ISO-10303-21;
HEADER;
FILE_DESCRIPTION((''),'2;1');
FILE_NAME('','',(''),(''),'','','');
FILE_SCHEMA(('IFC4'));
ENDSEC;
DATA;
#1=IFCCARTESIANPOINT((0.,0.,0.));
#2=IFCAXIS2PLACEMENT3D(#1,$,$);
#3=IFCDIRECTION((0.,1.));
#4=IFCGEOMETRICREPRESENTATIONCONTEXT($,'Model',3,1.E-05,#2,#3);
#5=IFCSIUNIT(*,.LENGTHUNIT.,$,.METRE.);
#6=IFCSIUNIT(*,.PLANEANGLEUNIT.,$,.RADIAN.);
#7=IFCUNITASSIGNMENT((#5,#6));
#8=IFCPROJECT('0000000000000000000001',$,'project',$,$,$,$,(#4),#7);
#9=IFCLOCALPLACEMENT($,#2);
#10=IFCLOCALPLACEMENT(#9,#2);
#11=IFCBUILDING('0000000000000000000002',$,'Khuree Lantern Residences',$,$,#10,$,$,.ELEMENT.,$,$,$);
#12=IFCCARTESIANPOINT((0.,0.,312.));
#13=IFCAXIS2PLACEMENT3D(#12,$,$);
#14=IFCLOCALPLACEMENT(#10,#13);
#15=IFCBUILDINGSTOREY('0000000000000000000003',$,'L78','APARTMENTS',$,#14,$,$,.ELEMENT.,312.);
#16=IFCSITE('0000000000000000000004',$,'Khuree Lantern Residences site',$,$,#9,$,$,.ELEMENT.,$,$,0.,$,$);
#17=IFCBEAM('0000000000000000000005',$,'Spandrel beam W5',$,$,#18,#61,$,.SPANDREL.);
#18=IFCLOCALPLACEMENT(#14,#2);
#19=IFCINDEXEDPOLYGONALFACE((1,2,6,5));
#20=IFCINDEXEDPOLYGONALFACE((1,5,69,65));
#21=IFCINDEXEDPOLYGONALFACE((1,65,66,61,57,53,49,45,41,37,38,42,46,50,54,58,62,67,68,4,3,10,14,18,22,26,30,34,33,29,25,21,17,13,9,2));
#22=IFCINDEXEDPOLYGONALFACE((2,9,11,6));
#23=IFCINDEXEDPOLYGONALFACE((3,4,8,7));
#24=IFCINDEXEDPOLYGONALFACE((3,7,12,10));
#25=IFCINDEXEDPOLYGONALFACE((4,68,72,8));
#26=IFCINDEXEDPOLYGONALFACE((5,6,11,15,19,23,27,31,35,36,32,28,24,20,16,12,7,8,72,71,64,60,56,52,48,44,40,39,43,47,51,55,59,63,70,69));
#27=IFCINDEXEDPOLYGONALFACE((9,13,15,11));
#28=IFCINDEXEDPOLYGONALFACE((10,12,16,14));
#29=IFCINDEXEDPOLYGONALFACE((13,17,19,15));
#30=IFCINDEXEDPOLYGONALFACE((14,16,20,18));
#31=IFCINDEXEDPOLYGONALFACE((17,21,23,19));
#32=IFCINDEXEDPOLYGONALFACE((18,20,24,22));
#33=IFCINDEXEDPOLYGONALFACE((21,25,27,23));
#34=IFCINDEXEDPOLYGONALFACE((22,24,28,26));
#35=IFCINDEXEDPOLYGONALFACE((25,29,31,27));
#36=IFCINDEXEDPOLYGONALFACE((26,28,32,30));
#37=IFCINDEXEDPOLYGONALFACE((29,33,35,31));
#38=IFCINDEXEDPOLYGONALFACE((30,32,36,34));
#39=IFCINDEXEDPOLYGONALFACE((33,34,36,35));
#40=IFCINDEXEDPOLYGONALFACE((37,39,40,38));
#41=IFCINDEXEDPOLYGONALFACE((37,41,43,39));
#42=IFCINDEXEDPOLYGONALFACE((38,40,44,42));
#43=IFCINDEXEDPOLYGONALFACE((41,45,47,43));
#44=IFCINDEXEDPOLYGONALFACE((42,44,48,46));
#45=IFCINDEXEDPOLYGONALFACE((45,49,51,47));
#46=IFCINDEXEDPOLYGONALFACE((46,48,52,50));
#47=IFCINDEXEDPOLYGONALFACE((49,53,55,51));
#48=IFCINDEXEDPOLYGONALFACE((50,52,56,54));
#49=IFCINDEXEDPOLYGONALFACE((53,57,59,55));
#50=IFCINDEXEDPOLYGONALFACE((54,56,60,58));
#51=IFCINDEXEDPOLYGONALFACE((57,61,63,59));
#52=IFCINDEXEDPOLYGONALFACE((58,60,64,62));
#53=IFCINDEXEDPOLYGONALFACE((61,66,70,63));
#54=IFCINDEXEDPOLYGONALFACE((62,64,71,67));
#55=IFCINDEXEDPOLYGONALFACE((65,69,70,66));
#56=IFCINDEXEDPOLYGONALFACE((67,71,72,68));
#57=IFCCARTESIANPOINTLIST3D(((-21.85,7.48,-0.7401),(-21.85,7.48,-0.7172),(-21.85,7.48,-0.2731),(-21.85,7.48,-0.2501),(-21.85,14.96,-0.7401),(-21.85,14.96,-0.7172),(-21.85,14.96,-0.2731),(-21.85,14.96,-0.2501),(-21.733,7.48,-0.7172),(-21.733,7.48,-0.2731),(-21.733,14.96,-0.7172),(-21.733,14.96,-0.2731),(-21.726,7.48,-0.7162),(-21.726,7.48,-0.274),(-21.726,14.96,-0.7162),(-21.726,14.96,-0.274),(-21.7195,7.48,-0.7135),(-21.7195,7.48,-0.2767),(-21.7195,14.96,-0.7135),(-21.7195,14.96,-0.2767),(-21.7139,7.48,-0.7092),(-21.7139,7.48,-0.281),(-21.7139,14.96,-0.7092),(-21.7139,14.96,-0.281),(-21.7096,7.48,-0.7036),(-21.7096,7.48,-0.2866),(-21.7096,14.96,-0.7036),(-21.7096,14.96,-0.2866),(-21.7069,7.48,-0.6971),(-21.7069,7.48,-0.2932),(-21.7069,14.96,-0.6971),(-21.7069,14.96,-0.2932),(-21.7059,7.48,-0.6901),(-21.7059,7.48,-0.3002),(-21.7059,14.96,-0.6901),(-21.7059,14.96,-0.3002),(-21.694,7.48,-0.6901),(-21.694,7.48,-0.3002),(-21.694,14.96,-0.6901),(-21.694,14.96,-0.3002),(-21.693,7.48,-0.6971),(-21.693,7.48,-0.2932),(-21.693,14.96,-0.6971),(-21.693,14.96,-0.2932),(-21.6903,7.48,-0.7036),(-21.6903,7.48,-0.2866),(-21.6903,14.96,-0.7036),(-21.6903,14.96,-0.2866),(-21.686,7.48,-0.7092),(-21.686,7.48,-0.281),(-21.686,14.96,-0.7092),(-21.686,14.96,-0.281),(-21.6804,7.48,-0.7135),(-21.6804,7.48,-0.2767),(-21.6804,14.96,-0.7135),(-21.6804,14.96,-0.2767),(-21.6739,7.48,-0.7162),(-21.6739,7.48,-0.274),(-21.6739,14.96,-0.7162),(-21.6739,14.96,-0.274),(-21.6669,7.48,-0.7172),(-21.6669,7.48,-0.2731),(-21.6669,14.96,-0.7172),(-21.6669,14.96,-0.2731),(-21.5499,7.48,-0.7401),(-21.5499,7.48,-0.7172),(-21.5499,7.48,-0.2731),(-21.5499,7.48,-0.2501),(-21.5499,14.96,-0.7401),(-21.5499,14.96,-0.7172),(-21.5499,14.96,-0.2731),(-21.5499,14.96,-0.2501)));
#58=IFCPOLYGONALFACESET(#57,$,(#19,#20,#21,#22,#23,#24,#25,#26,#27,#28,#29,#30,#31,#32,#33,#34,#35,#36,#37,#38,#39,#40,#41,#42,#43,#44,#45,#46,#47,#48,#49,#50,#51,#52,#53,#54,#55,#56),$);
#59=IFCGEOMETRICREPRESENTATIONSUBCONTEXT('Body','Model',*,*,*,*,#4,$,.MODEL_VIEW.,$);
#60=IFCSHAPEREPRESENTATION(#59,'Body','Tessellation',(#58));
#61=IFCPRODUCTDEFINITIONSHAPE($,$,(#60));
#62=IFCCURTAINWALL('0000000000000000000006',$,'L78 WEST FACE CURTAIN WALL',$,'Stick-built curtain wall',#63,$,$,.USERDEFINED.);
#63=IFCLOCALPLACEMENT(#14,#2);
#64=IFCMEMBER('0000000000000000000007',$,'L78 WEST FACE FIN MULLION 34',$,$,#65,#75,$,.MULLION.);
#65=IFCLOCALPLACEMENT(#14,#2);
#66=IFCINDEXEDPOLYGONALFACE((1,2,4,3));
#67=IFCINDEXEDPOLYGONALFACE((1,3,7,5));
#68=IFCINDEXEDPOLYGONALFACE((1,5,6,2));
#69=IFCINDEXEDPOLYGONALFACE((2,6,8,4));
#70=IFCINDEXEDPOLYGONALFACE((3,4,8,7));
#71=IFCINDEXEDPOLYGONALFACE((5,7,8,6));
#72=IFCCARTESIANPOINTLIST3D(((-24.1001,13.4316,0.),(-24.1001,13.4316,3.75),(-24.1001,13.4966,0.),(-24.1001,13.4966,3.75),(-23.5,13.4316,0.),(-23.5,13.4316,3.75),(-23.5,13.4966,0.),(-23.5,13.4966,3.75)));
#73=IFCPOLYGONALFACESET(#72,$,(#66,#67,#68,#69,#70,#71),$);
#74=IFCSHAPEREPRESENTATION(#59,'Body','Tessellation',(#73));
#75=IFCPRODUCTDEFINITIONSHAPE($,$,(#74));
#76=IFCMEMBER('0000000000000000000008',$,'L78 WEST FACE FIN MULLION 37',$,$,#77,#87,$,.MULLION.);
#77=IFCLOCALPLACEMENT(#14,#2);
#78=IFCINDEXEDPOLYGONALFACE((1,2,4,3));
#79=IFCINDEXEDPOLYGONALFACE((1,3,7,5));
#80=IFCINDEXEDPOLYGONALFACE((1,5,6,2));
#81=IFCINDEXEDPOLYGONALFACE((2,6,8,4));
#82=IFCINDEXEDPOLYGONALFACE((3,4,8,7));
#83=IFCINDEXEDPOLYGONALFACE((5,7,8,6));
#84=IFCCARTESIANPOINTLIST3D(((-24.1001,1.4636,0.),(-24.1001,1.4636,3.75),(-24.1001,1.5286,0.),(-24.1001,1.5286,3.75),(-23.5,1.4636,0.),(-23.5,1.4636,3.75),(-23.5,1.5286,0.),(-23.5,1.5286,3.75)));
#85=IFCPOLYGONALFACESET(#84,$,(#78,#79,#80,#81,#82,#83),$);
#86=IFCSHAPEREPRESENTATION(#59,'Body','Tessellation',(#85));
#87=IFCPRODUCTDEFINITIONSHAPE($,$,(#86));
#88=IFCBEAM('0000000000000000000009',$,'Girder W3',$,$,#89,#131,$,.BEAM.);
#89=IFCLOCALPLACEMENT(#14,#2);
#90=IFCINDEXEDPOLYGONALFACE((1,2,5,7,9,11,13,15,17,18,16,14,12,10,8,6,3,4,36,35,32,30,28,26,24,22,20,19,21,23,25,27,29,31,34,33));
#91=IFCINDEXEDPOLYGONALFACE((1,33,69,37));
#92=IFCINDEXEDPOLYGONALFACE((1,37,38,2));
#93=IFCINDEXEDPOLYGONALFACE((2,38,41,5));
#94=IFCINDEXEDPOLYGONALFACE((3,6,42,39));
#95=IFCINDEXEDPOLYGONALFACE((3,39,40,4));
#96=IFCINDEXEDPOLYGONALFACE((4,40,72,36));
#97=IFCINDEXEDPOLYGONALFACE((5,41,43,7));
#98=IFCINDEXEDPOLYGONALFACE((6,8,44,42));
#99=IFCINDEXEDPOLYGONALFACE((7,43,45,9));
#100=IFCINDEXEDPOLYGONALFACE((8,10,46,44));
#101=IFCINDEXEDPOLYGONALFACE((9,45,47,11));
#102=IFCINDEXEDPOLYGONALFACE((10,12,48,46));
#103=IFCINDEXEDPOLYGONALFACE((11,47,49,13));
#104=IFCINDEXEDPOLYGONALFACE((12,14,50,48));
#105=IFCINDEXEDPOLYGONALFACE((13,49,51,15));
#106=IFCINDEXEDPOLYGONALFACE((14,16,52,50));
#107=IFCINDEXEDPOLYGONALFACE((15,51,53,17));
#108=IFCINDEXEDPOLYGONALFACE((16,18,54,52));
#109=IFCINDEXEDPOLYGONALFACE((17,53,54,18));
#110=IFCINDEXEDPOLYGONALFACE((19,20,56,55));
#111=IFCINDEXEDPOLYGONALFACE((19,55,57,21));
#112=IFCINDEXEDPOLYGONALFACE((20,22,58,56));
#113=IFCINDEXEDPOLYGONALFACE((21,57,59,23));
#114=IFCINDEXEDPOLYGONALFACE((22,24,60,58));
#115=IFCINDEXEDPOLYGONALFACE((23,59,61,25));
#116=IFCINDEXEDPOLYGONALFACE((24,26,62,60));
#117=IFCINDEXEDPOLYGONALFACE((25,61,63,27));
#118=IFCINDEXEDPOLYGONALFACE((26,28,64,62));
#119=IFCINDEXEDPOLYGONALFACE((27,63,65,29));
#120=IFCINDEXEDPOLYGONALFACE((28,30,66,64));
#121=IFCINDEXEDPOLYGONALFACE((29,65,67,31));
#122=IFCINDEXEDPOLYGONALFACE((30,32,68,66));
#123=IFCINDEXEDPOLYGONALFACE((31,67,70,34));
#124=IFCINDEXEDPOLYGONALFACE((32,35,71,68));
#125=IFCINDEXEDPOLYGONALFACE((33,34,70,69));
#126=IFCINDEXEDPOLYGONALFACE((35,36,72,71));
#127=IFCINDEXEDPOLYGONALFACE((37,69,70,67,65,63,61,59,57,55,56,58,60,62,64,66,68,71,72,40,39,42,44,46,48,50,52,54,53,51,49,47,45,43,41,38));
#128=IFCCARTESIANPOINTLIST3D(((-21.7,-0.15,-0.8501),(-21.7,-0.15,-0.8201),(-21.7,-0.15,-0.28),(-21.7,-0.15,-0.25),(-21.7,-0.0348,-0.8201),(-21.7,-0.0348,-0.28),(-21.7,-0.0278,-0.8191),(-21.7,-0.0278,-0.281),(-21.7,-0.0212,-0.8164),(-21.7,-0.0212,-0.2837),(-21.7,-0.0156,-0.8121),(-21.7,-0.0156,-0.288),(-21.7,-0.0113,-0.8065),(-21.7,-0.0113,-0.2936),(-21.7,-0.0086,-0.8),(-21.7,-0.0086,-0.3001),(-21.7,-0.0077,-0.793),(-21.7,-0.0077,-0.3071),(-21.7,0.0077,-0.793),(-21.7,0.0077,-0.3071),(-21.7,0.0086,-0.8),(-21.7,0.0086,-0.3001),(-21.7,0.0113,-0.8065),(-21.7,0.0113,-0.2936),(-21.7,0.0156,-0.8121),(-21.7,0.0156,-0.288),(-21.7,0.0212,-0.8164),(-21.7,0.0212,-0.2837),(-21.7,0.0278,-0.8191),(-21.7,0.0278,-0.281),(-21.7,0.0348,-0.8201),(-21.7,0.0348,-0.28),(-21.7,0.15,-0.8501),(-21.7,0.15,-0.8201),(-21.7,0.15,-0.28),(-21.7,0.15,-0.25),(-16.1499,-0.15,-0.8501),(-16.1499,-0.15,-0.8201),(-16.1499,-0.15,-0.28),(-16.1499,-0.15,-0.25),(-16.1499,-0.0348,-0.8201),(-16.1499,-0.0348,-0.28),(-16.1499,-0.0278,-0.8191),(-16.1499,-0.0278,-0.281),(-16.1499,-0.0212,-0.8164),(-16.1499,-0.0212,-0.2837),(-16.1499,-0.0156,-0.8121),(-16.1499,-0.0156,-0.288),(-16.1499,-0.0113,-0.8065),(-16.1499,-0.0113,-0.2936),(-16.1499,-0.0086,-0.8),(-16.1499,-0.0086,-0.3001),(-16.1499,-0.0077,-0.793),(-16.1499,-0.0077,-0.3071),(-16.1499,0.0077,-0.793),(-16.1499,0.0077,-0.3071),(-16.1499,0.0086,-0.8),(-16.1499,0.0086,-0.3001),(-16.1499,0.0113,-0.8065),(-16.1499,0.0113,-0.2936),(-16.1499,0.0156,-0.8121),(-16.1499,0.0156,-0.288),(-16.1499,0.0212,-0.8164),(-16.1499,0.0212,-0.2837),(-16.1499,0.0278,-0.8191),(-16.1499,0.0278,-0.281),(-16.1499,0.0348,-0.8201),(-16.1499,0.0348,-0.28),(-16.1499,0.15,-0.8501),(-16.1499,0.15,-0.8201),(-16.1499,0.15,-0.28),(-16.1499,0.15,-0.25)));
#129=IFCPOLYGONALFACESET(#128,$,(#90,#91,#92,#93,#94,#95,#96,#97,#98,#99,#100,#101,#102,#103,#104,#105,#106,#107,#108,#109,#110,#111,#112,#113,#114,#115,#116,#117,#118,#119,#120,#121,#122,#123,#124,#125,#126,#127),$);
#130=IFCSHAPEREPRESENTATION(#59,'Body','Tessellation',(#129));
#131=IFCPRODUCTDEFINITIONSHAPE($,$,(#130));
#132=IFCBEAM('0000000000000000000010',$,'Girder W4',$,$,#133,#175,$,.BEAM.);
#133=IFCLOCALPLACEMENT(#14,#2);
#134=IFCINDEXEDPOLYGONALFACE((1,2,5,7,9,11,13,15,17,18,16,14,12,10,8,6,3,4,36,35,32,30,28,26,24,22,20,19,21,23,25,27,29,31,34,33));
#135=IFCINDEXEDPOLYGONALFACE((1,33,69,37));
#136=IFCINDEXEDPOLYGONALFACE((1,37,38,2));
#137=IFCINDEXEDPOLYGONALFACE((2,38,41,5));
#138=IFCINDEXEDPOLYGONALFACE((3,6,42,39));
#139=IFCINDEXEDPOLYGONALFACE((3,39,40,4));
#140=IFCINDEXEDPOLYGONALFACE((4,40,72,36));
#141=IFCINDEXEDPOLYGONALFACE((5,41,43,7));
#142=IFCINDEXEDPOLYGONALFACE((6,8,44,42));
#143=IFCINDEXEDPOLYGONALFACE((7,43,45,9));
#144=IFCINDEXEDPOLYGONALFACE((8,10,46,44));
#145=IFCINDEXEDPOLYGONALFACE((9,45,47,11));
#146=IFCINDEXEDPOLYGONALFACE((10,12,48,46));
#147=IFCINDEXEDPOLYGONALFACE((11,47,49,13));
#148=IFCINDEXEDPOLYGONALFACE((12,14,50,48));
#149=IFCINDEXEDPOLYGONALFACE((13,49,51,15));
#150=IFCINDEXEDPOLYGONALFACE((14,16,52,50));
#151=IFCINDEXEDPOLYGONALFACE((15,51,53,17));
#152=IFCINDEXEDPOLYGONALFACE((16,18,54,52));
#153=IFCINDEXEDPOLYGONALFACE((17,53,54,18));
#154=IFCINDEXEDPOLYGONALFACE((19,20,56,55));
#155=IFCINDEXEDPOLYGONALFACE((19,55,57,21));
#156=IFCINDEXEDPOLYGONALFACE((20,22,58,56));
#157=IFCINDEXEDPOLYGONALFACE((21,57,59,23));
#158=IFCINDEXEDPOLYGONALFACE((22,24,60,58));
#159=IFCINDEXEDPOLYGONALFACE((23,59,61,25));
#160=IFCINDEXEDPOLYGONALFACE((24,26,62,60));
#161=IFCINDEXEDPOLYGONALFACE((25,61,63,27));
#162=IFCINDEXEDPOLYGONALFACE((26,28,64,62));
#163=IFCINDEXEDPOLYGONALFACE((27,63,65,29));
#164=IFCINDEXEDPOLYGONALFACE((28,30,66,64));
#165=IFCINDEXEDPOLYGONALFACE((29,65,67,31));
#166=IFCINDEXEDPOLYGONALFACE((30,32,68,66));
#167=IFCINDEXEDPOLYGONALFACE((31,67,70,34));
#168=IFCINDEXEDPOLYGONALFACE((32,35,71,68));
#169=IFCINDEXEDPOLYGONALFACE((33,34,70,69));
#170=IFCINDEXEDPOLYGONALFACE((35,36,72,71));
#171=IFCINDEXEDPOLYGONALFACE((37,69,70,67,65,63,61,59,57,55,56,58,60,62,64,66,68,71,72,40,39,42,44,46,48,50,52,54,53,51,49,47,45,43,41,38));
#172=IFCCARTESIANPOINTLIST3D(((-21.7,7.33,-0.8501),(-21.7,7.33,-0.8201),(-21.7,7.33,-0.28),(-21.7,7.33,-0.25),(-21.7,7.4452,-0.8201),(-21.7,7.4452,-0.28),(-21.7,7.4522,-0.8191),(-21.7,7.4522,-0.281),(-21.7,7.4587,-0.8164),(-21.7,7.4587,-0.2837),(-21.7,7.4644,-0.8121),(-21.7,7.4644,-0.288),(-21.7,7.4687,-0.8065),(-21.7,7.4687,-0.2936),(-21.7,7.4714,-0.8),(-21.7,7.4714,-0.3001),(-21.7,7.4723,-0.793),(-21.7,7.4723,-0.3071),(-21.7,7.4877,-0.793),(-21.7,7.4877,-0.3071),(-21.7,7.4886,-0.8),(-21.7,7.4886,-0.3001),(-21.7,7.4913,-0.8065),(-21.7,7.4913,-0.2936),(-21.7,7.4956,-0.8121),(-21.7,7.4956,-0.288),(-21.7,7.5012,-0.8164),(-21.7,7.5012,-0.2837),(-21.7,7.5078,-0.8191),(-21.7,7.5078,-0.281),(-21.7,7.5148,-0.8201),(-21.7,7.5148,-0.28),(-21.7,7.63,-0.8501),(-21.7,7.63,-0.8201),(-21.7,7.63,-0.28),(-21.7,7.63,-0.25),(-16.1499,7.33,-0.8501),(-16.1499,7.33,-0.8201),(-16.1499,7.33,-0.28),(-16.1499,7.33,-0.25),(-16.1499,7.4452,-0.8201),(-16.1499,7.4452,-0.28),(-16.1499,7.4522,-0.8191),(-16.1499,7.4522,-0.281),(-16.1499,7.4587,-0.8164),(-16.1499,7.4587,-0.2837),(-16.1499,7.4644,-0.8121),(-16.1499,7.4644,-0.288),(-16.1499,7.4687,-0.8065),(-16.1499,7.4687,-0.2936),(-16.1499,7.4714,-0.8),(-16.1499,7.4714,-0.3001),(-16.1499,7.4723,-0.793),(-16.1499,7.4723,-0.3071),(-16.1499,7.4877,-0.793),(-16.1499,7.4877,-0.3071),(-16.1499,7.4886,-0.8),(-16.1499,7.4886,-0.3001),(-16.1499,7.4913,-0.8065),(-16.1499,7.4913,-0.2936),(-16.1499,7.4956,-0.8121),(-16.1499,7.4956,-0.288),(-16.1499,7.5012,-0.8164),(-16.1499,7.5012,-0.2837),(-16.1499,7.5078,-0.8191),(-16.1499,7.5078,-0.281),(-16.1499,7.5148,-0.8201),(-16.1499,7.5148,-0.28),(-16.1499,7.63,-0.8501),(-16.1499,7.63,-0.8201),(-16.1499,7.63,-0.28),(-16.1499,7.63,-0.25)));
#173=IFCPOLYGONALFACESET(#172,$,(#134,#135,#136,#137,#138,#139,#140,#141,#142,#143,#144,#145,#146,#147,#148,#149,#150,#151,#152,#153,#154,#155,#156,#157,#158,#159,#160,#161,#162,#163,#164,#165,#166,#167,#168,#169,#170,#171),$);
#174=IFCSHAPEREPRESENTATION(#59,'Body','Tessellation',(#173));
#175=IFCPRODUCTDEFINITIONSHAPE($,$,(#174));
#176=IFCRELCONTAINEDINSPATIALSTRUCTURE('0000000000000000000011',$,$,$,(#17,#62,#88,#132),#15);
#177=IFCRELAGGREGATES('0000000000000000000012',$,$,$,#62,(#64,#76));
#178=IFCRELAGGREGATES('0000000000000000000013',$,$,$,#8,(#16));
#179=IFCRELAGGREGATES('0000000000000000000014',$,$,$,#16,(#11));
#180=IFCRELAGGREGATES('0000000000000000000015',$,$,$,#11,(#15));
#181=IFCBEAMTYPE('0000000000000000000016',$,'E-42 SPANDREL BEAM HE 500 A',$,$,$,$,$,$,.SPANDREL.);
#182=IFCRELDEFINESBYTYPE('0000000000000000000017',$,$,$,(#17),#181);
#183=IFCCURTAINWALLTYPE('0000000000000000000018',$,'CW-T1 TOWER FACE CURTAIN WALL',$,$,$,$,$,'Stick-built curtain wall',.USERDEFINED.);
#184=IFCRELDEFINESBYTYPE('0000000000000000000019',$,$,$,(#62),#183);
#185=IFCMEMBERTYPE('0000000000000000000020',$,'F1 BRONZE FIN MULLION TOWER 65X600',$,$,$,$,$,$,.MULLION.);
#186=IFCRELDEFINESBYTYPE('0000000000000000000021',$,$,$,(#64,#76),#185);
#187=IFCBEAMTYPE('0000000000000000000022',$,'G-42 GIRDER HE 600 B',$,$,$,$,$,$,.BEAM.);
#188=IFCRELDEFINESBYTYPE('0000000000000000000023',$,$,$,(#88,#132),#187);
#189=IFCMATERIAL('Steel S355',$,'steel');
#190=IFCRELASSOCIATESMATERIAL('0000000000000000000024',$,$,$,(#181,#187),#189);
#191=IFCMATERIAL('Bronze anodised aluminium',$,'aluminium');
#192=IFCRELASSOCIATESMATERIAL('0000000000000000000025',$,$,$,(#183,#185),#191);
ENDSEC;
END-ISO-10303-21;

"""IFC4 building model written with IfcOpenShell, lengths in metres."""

from ifc_helpers import new_model, si_unit, direction, frame, origin, origin_2d, place, context, subcontext, project, spatial, rectangle, i_section, extrude, material, material_profile, profile_set, type_object, element, aggregate, save


model = new_model("IFC4")

# Units and contexts
model_context = context("Model", 3, precision=1e-05, world=origin(), true_north=direction((0.0, 1.0)))
body_context = subcontext(model_context, "Body", "Model", "MODEL_VIEW")
ifc_project = project(units=[si_unit("LENGTHUNIT", "METRE"), si_unit("PLANEANGLEUNIT", "RADIAN")], contexts=[model_context])

# Site, building, storey
site_placement = place(None, origin())
site = spatial("IfcSite", under=ifc_project, at=site_placement, Name="Khuree Lantern Residences site", CompositionType="ELEMENT", RefElevation=0.0)
building_placement = place(site_placement, origin())
building = spatial("IfcBuilding", under=site, at=building_placement, Name="Khuree Lantern Residences", CompositionType="ELEMENT")
storey_placement = place(building_placement, frame((0.0, 0.0, 312.0)))
storey = spatial("IfcBuildingStorey", under=building, at=storey_placement, Name="L78", Description="APARTMENTS", CompositionType="ELEMENT", Elevation=312.0)

# Beam
ifc_material_1 = material(Name="Steel S355", Category="steel")
ifc_material_profile_1 = material_profile(ifc_material_1, i_section(OverallWidth=0.3, OverallDepth=0.49, WebThickness=0.012, FlangeThickness=0.0229, FilletRadius=0.0271, at=origin_2d()), Name="HE 500 A")
ifc_profile_set_1 = profile_set([ifc_material_profile_1], Name="Steel S355")
beam_type_1 = type_object("IfcBeamType", Name="E-42 SPANDREL BEAM HE 500 A", PredefinedType="SPANDREL", material=ifc_profile_set_1)
for number, where, z_axis, x_axis, name in (
    (1, (-21.7, 7.48, -0.4951), (0.0, 1.0, 0.0), (-1.0, 0.0, 0.0), "Spandrel beam W5"),
):
    element("IfcBeam", number, at=place(storey_placement, frame(where, z_axis=z_axis, x_axis=x_axis)), inside=storey, type_object=beam_type_1, Name=name, PredefinedType="SPANDREL", context=body_context, shape_type="SweptSolid", body=[
        extrude(i_section(OverallWidth=0.3, OverallDepth=0.49, WebThickness=0.012, FlangeThickness=0.0229, FilletRadius=0.0271, at=origin_2d()), origin(), (0.0, 0.0, 1.0), 7.48),
    ])

# Curtain wall, members
ifc_material_2 = material(Name="Bronze anodised aluminium", Category="aluminium")
curtain_wall_type = type_object("IfcCurtainWallType", Name="CW-T1 TOWER FACE CURTAIN WALL", ElementType="Stick-built curtain wall", PredefinedType="USERDEFINED", material=ifc_material_2)
curtain_wall_placement = place(storey_placement, origin())
curtain_wall = element("IfcCurtainWall", 2, at=curtain_wall_placement, inside=storey, type_object=curtain_wall_type, Name="L78 WEST FACE CURTAIN WALL", ObjectType="Stick-built curtain wall", PredefinedType="USERDEFINED")
ifc_material_profile_2 = material_profile(ifc_material_2, rectangle(XDim=0.0649, YDim=0.6001, at=origin_2d()), Name="F1 65X600")
ifc_profile_set_2 = profile_set([ifc_material_profile_2], Name="Bronze anodised aluminium")
member_type_1 = type_object("IfcMemberType", Name="F1 BRONZE FIN MULLION TOWER 65X600", PredefinedType="MULLION", material=ifc_profile_set_2)
member_1_placement = place(storey_placement, frame((-23.8, 13.4641, 0.0), z_axis=(0.0, 0.0, 1.0), x_axis=(0.0, -1.0, 0.0)))
member_1 = element("IfcMember", 3, at=member_1_placement, type_object=member_type_1, Name="L78 WEST FACE FIN MULLION 34", PredefinedType="MULLION", context=body_context, shape_type="SweptSolid", body=[
    extrude(rectangle(XDim=0.0649, YDim=0.6001, at=origin_2d()), origin(), (0.0, 0.0, 1.0), 3.75),
])
member_2_placement = place(storey_placement, frame((-23.8, 1.4961, 0.0), z_axis=(0.0, 0.0, 1.0), x_axis=(0.0, -1.0, 0.0)))
member_2 = element("IfcMember", 4, at=member_2_placement, type_object=member_type_1, Name="L78 WEST FACE FIN MULLION 37", PredefinedType="MULLION", context=body_context, shape_type="SweptSolid", body=[
    extrude(rectangle(XDim=0.0649, YDim=0.6001, at=origin_2d()), origin(), (0.0, 0.0, 1.0), 3.75),
])

# Beams
ifc_material_profile_3 = material_profile(ifc_material_1, i_section(OverallWidth=0.3, OverallDepth=0.6001, WebThickness=0.0154, FlangeThickness=0.03, FilletRadius=0.0271, at=origin_2d()), Name="HE 600 B")
ifc_profile_set_3 = profile_set([ifc_material_profile_3], Name="Steel S355")
beam_type_2 = type_object("IfcBeamType", Name="G-42 GIRDER HE 600 B", PredefinedType="BEAM", material=ifc_profile_set_3)
for number, where, z_axis, x_axis, name in (
    (5, (-21.7, 0.0, -0.55), (1.0, 0.0, 0.0), (0.0, 1.0, 0.0), "Girder W3"),
    (6, (-21.7, 7.48, -0.55), (1.0, 0.0, 0.0), (0.0, 1.0, 0.0), "Girder W4"),
):
    element("IfcBeam", number, at=place(storey_placement, frame(where, z_axis=z_axis, x_axis=x_axis)), inside=storey, type_object=beam_type_2, Name=name, PredefinedType="BEAM", context=body_context, shape_type="SweptSolid", body=[
        extrude(i_section(OverallWidth=0.3, OverallDepth=0.6001, WebThickness=0.0154, FlangeThickness=0.03, FilletRadius=0.0271, at=origin_2d()), origin(), (0.0, 0.0, 1.0), 5.55),
    ])

aggregate(curtain_wall, [member_1, member_2])

save(model, "model.ifc")
